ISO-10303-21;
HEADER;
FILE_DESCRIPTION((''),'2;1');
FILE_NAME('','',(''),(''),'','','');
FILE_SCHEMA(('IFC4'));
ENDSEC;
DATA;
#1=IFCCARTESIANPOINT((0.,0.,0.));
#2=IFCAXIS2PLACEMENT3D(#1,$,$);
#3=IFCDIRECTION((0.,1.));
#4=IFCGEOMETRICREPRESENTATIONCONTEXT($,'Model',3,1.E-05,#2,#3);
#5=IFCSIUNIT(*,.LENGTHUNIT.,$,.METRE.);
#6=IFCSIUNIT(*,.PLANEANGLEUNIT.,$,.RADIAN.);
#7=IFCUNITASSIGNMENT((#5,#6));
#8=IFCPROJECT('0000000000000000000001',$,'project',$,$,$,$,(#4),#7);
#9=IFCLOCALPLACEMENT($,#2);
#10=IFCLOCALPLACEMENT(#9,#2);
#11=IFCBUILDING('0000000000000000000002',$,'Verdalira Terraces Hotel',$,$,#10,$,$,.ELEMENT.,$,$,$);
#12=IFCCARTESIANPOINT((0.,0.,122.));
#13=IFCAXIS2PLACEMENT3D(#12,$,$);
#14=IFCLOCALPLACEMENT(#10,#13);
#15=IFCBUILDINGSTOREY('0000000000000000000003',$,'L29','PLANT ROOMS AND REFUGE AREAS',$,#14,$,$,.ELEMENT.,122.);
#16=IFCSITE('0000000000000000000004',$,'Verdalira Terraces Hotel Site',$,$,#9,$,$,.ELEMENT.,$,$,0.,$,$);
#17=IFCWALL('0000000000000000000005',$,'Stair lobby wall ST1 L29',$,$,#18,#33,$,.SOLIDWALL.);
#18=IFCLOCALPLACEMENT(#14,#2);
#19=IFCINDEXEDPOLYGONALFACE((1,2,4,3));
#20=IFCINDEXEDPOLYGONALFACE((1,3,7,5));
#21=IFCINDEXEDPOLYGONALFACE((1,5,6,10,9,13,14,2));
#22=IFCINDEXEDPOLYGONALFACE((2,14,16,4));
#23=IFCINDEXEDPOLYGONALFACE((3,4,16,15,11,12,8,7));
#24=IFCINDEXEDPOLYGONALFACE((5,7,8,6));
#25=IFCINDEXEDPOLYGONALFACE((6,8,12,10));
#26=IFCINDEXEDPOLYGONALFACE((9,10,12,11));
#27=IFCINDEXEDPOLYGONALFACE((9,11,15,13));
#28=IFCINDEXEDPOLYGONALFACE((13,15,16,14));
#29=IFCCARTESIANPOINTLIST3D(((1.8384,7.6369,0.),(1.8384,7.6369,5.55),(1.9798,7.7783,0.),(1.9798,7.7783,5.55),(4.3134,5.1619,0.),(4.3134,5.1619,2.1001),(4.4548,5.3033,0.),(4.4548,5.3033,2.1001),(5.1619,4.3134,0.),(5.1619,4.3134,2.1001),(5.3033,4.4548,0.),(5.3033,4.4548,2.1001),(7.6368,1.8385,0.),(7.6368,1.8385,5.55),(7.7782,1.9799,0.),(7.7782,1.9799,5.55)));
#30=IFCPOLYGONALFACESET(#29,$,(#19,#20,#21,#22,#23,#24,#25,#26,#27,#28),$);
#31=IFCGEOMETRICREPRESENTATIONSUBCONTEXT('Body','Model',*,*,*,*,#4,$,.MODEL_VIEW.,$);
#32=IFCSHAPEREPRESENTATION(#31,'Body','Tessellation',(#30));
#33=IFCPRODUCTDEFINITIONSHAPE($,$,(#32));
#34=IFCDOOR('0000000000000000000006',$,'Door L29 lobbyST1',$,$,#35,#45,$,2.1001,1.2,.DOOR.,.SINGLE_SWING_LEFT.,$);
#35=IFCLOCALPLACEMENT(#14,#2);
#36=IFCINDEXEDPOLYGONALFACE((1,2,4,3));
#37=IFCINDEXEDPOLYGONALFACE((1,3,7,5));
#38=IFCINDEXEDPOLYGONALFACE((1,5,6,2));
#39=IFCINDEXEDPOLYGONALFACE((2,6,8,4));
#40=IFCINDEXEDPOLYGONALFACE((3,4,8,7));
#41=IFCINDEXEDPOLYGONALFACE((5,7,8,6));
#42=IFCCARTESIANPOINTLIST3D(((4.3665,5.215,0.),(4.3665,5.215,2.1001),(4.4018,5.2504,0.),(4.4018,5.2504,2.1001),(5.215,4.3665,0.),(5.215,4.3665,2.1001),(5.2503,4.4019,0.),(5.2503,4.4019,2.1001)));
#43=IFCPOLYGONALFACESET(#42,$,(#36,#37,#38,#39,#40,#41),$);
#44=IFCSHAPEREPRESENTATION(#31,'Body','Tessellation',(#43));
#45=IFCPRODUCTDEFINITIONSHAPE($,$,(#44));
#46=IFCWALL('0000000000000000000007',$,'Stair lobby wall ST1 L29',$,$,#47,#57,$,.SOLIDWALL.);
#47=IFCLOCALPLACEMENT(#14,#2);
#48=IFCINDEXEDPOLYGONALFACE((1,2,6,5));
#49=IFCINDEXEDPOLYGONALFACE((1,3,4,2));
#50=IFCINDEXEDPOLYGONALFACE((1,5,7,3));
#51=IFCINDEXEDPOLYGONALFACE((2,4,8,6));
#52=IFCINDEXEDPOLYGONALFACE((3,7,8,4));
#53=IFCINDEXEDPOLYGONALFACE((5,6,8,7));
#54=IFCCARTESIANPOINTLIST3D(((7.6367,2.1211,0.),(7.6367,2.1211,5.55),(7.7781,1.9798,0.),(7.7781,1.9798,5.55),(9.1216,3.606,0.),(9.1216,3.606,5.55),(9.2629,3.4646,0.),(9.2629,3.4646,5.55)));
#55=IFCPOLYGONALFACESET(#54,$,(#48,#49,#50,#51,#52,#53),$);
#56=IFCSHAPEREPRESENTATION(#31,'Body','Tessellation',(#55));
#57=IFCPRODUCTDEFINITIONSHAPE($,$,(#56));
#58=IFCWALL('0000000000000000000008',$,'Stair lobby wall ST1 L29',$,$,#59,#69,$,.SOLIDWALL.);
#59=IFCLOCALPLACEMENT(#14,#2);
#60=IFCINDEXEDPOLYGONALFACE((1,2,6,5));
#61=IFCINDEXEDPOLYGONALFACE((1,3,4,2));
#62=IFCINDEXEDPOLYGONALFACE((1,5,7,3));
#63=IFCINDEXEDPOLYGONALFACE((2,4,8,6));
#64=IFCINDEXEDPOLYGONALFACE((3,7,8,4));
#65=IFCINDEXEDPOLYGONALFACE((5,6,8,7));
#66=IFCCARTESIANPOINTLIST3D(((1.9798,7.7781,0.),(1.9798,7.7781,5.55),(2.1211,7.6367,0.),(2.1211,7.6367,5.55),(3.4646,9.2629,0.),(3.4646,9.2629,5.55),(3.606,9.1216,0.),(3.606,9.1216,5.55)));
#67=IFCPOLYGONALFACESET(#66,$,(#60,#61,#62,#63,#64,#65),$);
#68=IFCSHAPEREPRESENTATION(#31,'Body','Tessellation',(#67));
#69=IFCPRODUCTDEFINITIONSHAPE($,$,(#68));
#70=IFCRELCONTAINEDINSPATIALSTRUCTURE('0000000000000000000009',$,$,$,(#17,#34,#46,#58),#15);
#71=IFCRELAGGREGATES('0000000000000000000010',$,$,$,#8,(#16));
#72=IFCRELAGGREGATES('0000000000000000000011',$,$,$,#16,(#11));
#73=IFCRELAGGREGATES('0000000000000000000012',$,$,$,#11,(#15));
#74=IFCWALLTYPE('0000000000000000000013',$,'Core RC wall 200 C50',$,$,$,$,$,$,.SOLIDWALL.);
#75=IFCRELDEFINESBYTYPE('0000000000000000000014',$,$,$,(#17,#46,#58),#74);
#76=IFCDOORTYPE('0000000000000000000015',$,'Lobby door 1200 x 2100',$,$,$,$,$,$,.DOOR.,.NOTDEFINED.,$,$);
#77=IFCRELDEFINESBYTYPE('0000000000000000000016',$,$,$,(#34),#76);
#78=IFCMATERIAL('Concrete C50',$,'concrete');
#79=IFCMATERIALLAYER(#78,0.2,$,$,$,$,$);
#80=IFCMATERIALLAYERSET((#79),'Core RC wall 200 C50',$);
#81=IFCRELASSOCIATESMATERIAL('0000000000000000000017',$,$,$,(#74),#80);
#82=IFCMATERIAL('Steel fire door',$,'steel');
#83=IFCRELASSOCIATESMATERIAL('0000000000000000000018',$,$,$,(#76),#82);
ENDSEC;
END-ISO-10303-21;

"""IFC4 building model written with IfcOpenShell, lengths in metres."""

from ifc_helpers import new_model, si_unit, direction, frame, frame_2d, origin, place, context, subcontext, project, spatial, rectangle, extrude, material, layer, layer_set, type_object, element, fill, save


model = new_model("IFC4")

# Units and contexts
model_context = context("Model", 3, precision=1e-05, world=origin(), true_north=direction((0.0, 1.0)))
body_context = subcontext(model_context, "Body", "Model", "MODEL_VIEW")
ifc_project = project(units=[si_unit("LENGTHUNIT", "METRE"), si_unit("PLANEANGLEUNIT", "RADIAN")], contexts=[model_context])

# Site, building, storey
site_placement = place(None, origin())
site = spatial("IfcSite", under=ifc_project, at=site_placement, Name="Verdalira Terraces Hotel Site", CompositionType="ELEMENT", RefElevation=0.0)
building_placement = place(site_placement, origin())
building = spatial("IfcBuilding", under=site, at=building_placement, Name="Verdalira Terraces Hotel", CompositionType="ELEMENT")
storey_placement = place(building_placement, frame((0.0, 0.0, 122.0)))
storey = spatial("IfcBuildingStorey", under=building, at=storey_placement, Name="L29", Description="PLANT ROOMS AND REFUGE AREAS", CompositionType="ELEMENT", Elevation=122.0)

# Shared definitions
ifc_material_1 = material(Name="Concrete C50", Category="concrete")
ifc_layer_1 = layer(ifc_material_1, 0.2)
ifc_layer_set_1 = layer_set([ifc_layer_1], Name="Core RC wall 200 C50")
wall_type_1 = type_object("IfcWallType", Name="Core RC wall 200 C50", PredefinedType="SOLIDWALL", material=ifc_layer_set_1)

# Wall, opening, door
wall_1_placement = place(storey_placement, frame((7.7075, 1.9092, 0.0), z_axis=(0.0, 0.0, 1.0), x_axis=(-0.707107, 0.707107, 0.0)))
wall_1 = element("IfcWall", 1, at=wall_1_placement, inside=storey, type_object=wall_type_1, Name="Stair lobby wall ST1 L29", PredefinedType="SOLIDWALL", context=body_context, shape_type="SweptSolid", body=[
    extrude(rectangle(XDim=8.2002, YDim=0.2, at=frame_2d((4.1001, 0.0))), origin(), (0.0, 0.0, 1.0), 5.55),
])
opening_placement = place(wall_1_placement, frame((3.5, 0.0, 0.0)))
opening = element("IfcOpeningElement", 2, at=opening_placement, cuts=wall_1, PredefinedType="OPENING", context=body_context, shape_type="SweptSolid", body=[
    extrude(rectangle(XDim=1.2, YDim=2.1001, at=frame_2d((0.6001, 1.05))), frame((0.0, 0.1099, 0.0), z_axis=(0.0, -1.0, 0.0), x_axis=(1.0, 0.0, 0.0)), (0.0, 0.0, 1.0), 0.22),
])
ifc_material_2 = material(Name="Steel fire door", Category="steel")
door_type = type_object("IfcDoorType", Name="Lobby door 1200 x 2100", OperationType="NOTDEFINED", PredefinedType="DOOR", material=ifc_material_2)
door_placement = place(opening_placement, origin())
door = element("IfcDoor", 3, at=door_placement, inside=storey, type_object=door_type, Name="Door L29 lobbyST1", OperationType="SINGLE_SWING_LEFT", OverallHeight=2.1001, OverallWidth=1.2, PredefinedType="DOOR", context=body_context, shape_type="SweptSolid", body=[
    extrude(rectangle(XDim=1.2, YDim=2.1001, at=frame_2d((0.6001, 1.05))), frame((0.0, 0.0249, 0.0), z_axis=(0.0, -1.0, 0.0), x_axis=(1.0, 0.0, 0.0)), (0.0, 0.0, 1.0), 0.05),
])
fill(opening, door)

# Walls
for number, where, z_axis, x_axis, name in (
    (4, (7.7075, 2.0505, 0.0), (0.0, 0.0, 1.0), (0.707107, 0.707107, 0.0), "Stair lobby wall ST1 L29"),
    (5, (2.0505, 7.7075, 0.0), (0.0, 0.0, 1.0), (0.707107, 0.707107, 0.0), "Stair lobby wall ST1 L29"),
):
    element("IfcWall", number, at=place(storey_placement, frame(where, z_axis=z_axis, x_axis=x_axis)), inside=storey, type_object=wall_type_1, Name=name, PredefinedType="SOLIDWALL", context=body_context, shape_type="SweptSolid", body=[
        extrude(rectangle(XDim=2.0999, YDim=0.2, at=frame_2d((1.0498, 0.0))), origin(), (0.0, 0.0, 1.0), 5.55),
    ])

save(model, "model.ifc")
